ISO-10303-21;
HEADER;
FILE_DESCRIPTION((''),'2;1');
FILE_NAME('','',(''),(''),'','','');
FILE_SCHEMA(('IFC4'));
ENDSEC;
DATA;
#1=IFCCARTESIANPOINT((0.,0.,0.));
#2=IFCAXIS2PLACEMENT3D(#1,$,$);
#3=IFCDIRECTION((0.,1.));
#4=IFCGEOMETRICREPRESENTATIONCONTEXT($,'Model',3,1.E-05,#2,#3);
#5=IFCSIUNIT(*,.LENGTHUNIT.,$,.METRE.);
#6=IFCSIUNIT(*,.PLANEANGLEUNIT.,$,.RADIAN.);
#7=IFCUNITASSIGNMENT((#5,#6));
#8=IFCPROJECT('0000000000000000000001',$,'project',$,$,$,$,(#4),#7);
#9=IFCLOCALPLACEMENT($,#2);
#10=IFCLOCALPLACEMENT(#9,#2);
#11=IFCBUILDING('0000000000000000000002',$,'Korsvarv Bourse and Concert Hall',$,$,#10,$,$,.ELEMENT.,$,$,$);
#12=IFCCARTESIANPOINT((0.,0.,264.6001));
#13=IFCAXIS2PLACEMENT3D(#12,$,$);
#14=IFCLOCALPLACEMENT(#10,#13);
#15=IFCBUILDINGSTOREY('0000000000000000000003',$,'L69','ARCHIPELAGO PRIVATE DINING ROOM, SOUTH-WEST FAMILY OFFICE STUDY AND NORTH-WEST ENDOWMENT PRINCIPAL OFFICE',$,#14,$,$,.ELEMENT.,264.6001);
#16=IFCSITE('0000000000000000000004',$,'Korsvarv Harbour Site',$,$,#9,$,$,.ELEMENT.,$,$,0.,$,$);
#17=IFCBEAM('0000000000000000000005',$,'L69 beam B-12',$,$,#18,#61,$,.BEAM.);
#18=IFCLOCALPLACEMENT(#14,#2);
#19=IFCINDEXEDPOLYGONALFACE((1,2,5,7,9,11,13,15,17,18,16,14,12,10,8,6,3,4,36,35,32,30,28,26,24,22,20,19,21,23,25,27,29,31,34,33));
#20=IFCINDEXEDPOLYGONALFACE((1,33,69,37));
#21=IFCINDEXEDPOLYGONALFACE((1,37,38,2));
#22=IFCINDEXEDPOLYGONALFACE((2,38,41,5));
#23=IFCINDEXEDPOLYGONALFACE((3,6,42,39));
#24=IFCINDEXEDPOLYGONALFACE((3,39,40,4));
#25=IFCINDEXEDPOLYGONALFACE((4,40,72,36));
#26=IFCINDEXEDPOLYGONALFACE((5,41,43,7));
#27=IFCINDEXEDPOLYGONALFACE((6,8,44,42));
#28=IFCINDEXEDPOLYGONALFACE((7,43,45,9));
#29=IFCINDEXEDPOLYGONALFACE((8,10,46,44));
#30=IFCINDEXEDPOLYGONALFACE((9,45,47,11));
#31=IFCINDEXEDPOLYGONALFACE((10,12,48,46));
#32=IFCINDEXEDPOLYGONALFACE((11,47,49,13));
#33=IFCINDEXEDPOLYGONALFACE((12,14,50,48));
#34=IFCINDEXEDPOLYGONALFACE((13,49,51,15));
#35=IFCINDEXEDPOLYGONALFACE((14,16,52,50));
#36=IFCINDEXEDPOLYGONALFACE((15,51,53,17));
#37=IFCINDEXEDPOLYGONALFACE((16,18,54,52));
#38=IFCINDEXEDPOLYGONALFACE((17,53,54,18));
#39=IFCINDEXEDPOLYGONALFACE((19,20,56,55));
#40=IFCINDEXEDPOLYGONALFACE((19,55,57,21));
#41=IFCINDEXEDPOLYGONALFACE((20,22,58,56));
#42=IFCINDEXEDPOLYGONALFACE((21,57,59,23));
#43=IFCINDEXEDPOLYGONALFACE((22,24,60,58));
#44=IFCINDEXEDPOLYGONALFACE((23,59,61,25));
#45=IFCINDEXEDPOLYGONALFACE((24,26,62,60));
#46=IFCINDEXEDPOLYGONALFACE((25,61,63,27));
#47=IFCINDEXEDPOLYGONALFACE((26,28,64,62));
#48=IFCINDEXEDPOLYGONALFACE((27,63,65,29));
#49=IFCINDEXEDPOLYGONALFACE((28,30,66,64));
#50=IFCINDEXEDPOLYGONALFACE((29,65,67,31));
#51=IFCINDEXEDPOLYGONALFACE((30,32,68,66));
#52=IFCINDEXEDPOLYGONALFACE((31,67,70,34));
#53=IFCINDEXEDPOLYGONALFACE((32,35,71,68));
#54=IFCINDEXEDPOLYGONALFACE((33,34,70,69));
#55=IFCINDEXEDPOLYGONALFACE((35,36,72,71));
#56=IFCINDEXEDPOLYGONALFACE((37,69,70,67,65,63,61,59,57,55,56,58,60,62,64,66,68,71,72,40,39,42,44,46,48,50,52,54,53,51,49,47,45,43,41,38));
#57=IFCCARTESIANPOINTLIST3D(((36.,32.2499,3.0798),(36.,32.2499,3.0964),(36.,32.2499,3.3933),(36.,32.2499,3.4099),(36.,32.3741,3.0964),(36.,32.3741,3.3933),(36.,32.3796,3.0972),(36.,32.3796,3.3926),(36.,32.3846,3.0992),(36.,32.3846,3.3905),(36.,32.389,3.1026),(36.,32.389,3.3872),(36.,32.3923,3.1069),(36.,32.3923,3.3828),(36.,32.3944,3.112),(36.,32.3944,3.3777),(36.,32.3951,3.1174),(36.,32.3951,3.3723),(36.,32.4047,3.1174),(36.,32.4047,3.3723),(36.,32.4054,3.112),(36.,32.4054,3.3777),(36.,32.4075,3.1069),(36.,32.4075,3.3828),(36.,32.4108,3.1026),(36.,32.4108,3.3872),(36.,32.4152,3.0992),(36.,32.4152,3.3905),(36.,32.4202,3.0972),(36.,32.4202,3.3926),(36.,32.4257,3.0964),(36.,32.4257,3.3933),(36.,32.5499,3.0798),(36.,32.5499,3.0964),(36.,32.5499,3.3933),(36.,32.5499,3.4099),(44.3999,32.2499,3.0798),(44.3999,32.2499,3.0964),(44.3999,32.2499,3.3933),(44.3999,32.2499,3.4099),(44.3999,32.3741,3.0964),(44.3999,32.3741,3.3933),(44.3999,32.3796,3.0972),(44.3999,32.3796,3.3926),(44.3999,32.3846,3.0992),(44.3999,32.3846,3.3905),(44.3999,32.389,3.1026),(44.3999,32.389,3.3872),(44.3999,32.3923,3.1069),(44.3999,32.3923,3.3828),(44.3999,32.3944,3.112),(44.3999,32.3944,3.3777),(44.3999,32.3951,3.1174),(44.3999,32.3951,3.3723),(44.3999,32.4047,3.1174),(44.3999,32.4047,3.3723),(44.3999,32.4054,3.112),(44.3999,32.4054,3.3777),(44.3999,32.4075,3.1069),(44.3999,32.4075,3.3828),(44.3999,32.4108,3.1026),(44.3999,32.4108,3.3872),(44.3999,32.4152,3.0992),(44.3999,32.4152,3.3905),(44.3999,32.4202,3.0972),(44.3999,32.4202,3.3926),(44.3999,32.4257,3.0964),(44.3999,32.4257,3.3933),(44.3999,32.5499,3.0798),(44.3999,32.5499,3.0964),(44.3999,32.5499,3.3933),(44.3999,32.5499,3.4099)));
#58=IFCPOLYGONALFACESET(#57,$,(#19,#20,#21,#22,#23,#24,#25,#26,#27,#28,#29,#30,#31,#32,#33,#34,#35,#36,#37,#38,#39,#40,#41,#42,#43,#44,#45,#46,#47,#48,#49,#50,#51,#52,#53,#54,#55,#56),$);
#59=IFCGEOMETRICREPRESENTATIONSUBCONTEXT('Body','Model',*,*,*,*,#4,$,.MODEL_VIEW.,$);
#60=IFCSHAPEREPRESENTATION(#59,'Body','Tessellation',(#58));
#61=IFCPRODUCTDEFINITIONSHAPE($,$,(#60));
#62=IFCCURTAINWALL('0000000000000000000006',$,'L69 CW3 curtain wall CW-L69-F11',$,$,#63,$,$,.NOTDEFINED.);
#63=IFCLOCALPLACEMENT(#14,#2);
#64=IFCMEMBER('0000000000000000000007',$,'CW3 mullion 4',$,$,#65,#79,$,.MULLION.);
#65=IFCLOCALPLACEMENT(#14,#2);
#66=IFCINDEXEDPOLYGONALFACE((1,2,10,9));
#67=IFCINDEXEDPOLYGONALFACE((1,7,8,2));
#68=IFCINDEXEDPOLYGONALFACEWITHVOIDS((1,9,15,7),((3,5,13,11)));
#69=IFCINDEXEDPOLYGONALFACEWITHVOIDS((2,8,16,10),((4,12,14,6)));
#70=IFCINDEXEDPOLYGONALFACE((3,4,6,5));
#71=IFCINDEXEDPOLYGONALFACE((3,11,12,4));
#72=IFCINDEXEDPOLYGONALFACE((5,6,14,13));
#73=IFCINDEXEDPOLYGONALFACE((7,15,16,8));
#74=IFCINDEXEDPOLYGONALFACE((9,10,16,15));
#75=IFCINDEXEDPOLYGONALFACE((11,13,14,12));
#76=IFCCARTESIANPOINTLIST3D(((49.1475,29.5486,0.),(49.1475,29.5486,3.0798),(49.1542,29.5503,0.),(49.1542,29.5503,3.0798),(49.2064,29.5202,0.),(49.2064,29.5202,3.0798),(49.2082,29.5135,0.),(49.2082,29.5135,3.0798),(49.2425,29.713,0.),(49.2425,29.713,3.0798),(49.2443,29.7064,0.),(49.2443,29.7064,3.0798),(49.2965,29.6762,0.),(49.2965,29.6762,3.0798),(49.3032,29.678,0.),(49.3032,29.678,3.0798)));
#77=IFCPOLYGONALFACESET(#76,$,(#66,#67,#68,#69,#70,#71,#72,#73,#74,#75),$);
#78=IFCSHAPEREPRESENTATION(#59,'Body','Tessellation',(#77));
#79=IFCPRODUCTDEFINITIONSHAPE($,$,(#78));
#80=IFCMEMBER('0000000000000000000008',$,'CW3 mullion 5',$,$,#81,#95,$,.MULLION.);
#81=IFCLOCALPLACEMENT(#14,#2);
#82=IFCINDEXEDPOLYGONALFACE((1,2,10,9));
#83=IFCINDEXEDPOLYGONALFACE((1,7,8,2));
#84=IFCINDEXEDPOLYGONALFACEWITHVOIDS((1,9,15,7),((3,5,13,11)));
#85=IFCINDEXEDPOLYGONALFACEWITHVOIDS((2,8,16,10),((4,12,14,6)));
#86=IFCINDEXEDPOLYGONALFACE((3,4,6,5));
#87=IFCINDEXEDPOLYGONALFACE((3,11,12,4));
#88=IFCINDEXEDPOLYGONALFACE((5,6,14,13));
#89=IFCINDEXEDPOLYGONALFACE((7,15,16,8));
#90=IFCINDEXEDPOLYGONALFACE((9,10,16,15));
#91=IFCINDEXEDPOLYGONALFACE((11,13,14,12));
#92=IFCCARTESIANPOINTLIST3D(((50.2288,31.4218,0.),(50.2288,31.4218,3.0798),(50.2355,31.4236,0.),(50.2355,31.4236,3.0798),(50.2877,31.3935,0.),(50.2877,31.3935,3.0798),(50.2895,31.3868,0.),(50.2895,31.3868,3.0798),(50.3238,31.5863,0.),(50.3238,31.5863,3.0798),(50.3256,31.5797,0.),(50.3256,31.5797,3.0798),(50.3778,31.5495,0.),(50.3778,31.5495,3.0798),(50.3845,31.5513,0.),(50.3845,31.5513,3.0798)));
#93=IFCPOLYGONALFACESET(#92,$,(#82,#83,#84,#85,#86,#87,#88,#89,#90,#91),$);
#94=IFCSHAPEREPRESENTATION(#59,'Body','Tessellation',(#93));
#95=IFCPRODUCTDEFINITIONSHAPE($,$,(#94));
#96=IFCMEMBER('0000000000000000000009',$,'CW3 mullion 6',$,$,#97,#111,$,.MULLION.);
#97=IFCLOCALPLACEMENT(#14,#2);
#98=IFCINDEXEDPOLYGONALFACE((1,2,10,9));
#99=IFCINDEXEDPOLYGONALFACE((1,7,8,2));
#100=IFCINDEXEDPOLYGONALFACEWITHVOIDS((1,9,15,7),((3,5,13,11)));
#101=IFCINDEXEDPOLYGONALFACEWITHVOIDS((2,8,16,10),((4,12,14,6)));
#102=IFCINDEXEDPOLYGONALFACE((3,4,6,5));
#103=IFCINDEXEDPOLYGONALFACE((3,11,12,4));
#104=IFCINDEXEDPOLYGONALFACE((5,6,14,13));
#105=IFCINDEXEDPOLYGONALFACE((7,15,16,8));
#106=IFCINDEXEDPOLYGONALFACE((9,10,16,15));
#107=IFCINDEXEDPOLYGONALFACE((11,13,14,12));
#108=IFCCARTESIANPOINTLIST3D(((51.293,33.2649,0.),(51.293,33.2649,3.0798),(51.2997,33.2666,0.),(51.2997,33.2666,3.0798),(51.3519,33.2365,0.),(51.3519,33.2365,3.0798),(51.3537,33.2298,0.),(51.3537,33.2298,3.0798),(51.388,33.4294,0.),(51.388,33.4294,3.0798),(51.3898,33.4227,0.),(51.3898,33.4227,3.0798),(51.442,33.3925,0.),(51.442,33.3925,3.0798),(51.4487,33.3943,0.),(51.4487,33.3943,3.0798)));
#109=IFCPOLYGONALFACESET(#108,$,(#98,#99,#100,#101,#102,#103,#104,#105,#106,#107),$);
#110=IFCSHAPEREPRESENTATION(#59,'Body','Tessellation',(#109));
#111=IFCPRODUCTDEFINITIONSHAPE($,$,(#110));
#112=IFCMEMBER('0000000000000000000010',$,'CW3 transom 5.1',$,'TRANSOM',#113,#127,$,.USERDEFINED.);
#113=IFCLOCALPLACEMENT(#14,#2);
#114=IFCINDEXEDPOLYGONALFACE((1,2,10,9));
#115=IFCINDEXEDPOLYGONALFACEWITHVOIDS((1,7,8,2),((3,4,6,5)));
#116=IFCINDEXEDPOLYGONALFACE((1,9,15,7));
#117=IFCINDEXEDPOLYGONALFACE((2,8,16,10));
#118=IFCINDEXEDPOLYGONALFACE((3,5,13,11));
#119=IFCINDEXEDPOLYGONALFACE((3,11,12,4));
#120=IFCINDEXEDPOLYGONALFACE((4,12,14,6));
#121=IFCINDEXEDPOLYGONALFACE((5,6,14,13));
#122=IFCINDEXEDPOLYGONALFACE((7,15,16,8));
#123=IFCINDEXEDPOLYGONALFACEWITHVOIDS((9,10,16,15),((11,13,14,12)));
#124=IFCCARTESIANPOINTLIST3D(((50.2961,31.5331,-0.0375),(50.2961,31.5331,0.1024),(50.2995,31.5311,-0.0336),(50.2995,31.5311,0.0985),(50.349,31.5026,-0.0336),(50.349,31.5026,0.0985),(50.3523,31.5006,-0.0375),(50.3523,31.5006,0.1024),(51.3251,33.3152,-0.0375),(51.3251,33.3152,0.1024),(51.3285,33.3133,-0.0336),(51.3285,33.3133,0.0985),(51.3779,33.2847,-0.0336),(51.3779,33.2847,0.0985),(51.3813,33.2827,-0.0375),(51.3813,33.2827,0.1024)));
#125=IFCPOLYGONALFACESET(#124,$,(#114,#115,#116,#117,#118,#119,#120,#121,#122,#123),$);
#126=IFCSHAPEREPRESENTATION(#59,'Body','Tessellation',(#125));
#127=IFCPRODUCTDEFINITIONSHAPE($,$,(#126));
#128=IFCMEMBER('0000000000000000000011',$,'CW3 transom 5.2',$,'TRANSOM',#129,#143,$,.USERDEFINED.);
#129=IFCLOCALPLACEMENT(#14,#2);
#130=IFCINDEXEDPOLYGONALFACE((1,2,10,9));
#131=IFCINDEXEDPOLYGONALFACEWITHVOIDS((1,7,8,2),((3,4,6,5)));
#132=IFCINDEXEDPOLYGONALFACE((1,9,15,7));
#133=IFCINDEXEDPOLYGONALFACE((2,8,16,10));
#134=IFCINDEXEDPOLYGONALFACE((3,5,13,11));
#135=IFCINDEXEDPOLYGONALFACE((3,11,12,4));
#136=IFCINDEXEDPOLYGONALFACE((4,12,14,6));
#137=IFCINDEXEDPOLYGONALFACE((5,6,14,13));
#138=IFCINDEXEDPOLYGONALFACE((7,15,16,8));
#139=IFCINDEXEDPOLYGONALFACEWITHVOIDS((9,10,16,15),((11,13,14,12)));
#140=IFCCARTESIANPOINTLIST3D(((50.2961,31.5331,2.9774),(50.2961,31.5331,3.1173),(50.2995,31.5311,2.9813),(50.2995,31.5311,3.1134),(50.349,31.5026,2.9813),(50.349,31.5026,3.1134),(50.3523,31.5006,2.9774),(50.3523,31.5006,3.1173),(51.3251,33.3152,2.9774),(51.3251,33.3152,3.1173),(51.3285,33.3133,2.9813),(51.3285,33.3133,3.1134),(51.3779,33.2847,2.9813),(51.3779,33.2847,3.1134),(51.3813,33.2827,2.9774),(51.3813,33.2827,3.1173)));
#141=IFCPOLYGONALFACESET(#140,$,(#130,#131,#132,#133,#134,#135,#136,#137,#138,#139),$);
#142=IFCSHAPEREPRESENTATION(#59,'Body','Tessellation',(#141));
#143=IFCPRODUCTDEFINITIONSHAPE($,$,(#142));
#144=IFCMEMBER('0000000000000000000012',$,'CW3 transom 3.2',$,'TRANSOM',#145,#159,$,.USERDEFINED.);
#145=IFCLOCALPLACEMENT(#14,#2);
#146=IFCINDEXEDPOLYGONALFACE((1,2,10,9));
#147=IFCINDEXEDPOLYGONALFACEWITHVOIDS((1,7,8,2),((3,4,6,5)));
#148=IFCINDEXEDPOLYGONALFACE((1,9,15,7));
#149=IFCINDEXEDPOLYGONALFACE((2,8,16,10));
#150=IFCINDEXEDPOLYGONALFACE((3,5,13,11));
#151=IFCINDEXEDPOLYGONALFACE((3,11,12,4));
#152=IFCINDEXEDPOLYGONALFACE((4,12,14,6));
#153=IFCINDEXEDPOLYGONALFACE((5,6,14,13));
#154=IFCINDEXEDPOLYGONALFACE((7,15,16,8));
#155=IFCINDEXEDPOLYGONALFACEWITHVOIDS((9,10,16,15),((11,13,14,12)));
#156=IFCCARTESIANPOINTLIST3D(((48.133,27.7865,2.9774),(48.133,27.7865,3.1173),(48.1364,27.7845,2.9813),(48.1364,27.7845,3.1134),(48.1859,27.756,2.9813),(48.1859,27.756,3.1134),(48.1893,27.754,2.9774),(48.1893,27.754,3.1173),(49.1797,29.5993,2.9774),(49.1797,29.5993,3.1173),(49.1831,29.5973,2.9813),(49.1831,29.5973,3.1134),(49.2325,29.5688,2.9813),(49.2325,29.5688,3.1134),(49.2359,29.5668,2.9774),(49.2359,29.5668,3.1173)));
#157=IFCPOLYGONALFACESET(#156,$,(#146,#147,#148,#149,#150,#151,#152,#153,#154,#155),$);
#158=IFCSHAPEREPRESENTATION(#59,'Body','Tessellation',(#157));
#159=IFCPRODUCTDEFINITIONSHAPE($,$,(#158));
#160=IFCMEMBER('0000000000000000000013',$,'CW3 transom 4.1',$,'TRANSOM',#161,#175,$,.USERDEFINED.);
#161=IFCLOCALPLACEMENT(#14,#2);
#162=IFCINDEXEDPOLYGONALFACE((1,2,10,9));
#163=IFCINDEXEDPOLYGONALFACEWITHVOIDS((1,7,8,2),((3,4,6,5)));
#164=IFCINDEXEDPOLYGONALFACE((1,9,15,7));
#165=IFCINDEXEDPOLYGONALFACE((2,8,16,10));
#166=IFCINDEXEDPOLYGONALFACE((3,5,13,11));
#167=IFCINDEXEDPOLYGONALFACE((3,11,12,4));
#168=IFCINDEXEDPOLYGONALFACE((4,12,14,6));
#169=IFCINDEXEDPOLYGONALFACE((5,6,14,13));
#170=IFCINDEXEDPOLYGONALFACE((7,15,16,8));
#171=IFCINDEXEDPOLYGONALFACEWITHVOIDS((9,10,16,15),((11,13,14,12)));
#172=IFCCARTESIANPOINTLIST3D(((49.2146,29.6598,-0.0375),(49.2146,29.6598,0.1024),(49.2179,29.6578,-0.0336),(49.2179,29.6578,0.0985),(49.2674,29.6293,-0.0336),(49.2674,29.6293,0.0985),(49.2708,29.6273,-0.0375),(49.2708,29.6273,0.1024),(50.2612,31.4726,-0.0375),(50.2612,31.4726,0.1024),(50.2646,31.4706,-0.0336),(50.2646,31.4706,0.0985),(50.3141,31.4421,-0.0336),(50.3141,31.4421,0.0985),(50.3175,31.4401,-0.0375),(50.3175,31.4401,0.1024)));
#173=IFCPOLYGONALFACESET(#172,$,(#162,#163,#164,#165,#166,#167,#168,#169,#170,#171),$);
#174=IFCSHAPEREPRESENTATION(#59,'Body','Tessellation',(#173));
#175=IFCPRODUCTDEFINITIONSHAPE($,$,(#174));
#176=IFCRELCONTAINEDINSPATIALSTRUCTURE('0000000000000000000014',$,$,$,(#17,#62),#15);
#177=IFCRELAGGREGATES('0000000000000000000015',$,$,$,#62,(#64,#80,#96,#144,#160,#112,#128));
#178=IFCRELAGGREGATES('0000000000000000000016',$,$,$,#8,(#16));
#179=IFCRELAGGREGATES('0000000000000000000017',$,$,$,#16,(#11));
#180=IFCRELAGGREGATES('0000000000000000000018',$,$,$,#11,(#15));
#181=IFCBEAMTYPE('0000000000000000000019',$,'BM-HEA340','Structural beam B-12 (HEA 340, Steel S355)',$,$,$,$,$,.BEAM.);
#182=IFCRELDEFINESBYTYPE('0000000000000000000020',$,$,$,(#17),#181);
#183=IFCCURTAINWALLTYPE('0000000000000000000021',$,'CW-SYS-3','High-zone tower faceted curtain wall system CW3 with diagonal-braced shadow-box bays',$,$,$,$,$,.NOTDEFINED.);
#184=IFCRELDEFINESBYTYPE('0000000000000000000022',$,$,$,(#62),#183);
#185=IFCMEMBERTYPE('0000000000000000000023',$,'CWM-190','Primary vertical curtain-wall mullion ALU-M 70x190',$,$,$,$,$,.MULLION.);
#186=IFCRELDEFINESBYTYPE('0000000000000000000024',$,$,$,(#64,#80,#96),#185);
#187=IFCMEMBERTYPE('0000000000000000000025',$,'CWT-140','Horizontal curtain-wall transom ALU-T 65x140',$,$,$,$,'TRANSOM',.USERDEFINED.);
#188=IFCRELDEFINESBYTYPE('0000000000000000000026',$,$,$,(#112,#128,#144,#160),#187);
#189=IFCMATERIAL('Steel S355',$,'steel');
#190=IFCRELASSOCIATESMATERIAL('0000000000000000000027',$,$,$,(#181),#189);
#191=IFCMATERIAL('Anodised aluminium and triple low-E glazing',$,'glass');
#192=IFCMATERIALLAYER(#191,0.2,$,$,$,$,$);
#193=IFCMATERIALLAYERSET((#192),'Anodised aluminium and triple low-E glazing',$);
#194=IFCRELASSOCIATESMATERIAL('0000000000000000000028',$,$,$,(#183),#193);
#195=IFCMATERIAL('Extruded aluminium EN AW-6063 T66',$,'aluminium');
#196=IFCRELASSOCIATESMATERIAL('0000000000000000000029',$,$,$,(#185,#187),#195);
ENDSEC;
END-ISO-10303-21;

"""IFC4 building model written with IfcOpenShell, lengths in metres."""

from ifc_helpers import new_model, si_unit, direction, frame, origin, origin_2d, place, context, subcontext, project, spatial, hollow_rectangle, i_section, extrude, source, transform, mapped, material, layer, layer_set, material_profile, profile_set, type_object, element, aggregate, save


model = new_model("IFC4")

# Units and contexts
model_context = context("Model", 3, precision=1e-05, world=origin(), true_north=direction((0.0, 1.0)))
body_context = subcontext(model_context, "Body", "Model", "MODEL_VIEW")
ifc_project = project(units=[si_unit("LENGTHUNIT", "METRE"), si_unit("PLANEANGLEUNIT", "RADIAN")], contexts=[model_context])

# Site, building, storey
site_placement = place(None, origin())
site = spatial("IfcSite", under=ifc_project, at=site_placement, Name="Korsvarv Harbour Site", CompositionType="ELEMENT", RefElevation=0.0)
building_placement = place(site_placement, origin())
building = spatial("IfcBuilding", under=site, at=building_placement, Name="Korsvarv Bourse and Concert Hall", CompositionType="ELEMENT")
storey_placement = place(building_placement, frame((0.0, 0.0, 264.6001)))
storey = spatial("IfcBuildingStorey", under=building, at=storey_placement, Name="L69", Description="ARCHIPELAGO PRIVATE DINING ROOM, SOUTH-WEST FAMILY OFFICE STUDY AND NORTH-WEST ENDOWMENT PRINCIPAL OFFICE", CompositionType="ELEMENT", Elevation=264.6001)

# Beam
ifc_material_1 = material(Name="Steel S355", Category="steel")
ifc_material_profile_1 = material_profile(ifc_material_1, i_section(OverallWidth=0.3, OverallDepth=0.3301, WebThickness=0.0095, FlangeThickness=0.0166, FilletRadius=0.021, at=origin_2d()), Name="HEA 340")
ifc_profile_set_1 = profile_set([ifc_material_profile_1], Name="Steel S355")
beam_type_1 = type_object("IfcBeamType", Name="BM-HEA340", Description="Structural beam B-12 (HEA 340, Steel S355)", PredefinedType="BEAM", material=ifc_profile_set_1)
shared_shape_1 = source(origin(), body_context, "Body", "SweptSolid", [
    extrude(i_section(OverallWidth=0.3, OverallDepth=0.3301, WebThickness=0.0095, FlangeThickness=0.0166, FilletRadius=0.021, at=origin_2d()), origin(), (0.0, 0.0, 1.0), 8.3999),
])
beam_1_placement = place(storey_placement, frame((36.0, 32.3999, 3.2449), z_axis=(1.0, 0.0, 0.0), x_axis=(0.0, 1.0, 0.0)))
element("IfcBeam", 1, at=beam_1_placement, inside=storey, type_object=beam_type_1, Name="L69 beam B-12", PredefinedType="BEAM", context=body_context, shape_type="MappedRepresentation", body=[
    mapped(shared_shape_1, transform((0.0, 0.0, 0.0), scale=1.0)),
])

# Curtain wall, members
ifc_material_2 = material(Name="Anodised aluminium and triple low-E glazing", Category="glass")
ifc_layer_1 = layer(ifc_material_2, 0.2)
ifc_layer_set_1 = layer_set([ifc_layer_1], Name="Anodised aluminium and triple low-E glazing")
curtain_wall_type = type_object("IfcCurtainWallType", Name="CW-SYS-3", Description="High-zone tower faceted curtain wall system CW3 with diagonal-braced shadow-box bays", PredefinedType="NOTDEFINED", material=ifc_layer_set_1)
curtain_wall_placement = place(storey_placement, origin())
curtain_wall = element("IfcCurtainWall", 2, at=curtain_wall_placement, inside=storey, type_object=curtain_wall_type, Name="L69 CW3 curtain wall CW-L69-F11", PredefinedType="NOTDEFINED")
ifc_material_3 = material(Name="Extruded aluminium EN AW-6063 T66", Category="aluminium")
ifc_material_profile_2 = material_profile(ifc_material_3, hollow_rectangle(XDim=0.0701, YDim=0.1899, WallThickness=0.0049, at=origin_2d()), Name="ALU-M 70x190")
ifc_profile_set_2 = profile_set([ifc_material_profile_2], Name="Extruded aluminium EN AW-6063 T66")
member_type_1 = type_object("IfcMemberType", Name="CWM-190", Description="Primary vertical curtain-wall mullion ALU-M 70x190", PredefinedType="MULLION", material=ifc_profile_set_2)
shared_shape_2 = source(origin(), body_context, "Body", "SweptSolid", [
    extrude(hollow_rectangle(XDim=0.0701, YDim=0.1899, WallThickness=0.0049, at=origin_2d()), origin(), (0.0, 0.0, 1.0), 3.0798),
])
member_1_placement = place(storey_placement, frame((49.2253, 29.6133, 0.0), z_axis=(0.0, 0.0, 1.0), x_axis=(-0.866023, 0.500004, 0.0)))
member_1 = element("IfcMember", 3, at=member_1_placement, type_object=member_type_1, Name="CW3 mullion 4", PredefinedType="MULLION", context=body_context, shape_type="MappedRepresentation", body=[
    mapped(shared_shape_2, transform((0.0, 0.0, 0.0), scale=1.0)),
])
member_2_placement = place(storey_placement, frame((50.3066, 31.4866, 0.0), z_axis=(0.0, 0.0, 1.0), x_axis=(-0.866023, 0.500004, 0.0)))
member_2 = element("IfcMember", 4, at=member_2_placement, type_object=member_type_1, Name="CW3 mullion 5", PredefinedType="MULLION", context=body_context, shape_type="MappedRepresentation", body=[
    mapped(shared_shape_2, transform((0.0, 0.0, 0.0), scale=1.0)),
])
member_3_placement = place(storey_placement, frame((51.3708, 33.3296, 0.0), z_axis=(0.0, 0.0, 1.0), x_axis=(-0.866023, 0.500004, 0.0)))
member_3 = element("IfcMember", 5, at=member_3_placement, type_object=member_type_1, Name="CW3 mullion 6", PredefinedType="MULLION", context=body_context, shape_type="MappedRepresentation", body=[
    mapped(shared_shape_2, transform((0.0, 0.0, 0.0), scale=1.0)),
])
ifc_material_profile_3 = material_profile(ifc_material_3, hollow_rectangle(XDim=0.0649, YDim=0.1399, WallThickness=0.0039, at=origin_2d()), Name="ALU-T 65x140")
ifc_profile_set_3 = profile_set([ifc_material_profile_3], Name="Extruded aluminium EN AW-6063 T66")
member_type_2 = type_object("IfcMemberType", Name="CWT-140", Description="Horizontal curtain-wall transom ALU-T 65x140", ElementType="TRANSOM", PredefinedType="USERDEFINED", material=ifc_profile_set_3)
shared_shape_3 = source(origin(), body_context, "Body", "SweptSolid", [
    extrude(hollow_rectangle(XDim=0.0649, YDim=0.1399, WallThickness=0.0039, at=origin_2d()), origin(), (0.0, 0.0, 1.0), 2.0579),
])
member_4_placement = place(storey_placement, frame((50.3242, 31.5168, 0.0325), z_axis=(0.500031, 0.866008, 0.0), x_axis=(-0.866008, 0.500031, 0.0)))
member_4 = element("IfcMember", 6, at=member_4_placement, type_object=member_type_2, Name="CW3 transom 5.1", ObjectType="TRANSOM", PredefinedType="USERDEFINED", context=body_context, shape_type="MappedRepresentation", body=[
    mapped(shared_shape_3, transform((0.0, 0.0, 0.0), scale=1.0)),
])
member_5_placement = place(storey_placement, frame((50.3242, 31.5168, 3.0474), z_axis=(0.500031, 0.866008, 0.0), x_axis=(-0.866008, 0.500031, 0.0)))
member_5 = element("IfcMember", 7, at=member_5_placement, type_object=member_type_2, Name="CW3 transom 5.2", ObjectType="TRANSOM", PredefinedType="USERDEFINED", context=body_context, shape_type="MappedRepresentation", body=[
    mapped(shared_shape_3, transform((0.0, 0.0, 0.0), scale=1.0)),
])
shared_shape_4 = source(origin(), body_context, "Body", "SweptSolid", [
    extrude(hollow_rectangle(XDim=0.0649, YDim=0.1399, WallThickness=0.0039, at=origin_2d()), origin(), (0.0, 0.0, 1.0), 2.0933),
])
member_6_placement = place(storey_placement, frame((48.1611, 27.7703, 3.0474), z_axis=(0.500015, 0.866017, 0.0), x_axis=(-0.866017, 0.500015, 0.0)))
member_6 = element("IfcMember", 8, at=member_6_placement, type_object=member_type_2, Name="CW3 transom 3.2", ObjectType="TRANSOM", PredefinedType="USERDEFINED", context=body_context, shape_type="MappedRepresentation", body=[
    mapped(shared_shape_4, transform((0.0, 0.0, 0.0), scale=1.0)),
])
member_7_placement = place(storey_placement, frame((49.2427, 29.6436, 0.0325), z_axis=(0.500015, 0.866017, 0.0), x_axis=(-0.866017, 0.500015, 0.0)))
member_7 = element("IfcMember", 9, at=member_7_placement, type_object=member_type_2, Name="CW3 transom 4.1", ObjectType="TRANSOM", PredefinedType="USERDEFINED", context=body_context, shape_type="MappedRepresentation", body=[
    mapped(shared_shape_4, transform((0.0, 0.0, 0.0), scale=1.0)),
])
aggregate(curtain_wall, [member_1, member_2, member_3, member_6, member_7, member_4, member_5])

save(model, "model.ifc")
